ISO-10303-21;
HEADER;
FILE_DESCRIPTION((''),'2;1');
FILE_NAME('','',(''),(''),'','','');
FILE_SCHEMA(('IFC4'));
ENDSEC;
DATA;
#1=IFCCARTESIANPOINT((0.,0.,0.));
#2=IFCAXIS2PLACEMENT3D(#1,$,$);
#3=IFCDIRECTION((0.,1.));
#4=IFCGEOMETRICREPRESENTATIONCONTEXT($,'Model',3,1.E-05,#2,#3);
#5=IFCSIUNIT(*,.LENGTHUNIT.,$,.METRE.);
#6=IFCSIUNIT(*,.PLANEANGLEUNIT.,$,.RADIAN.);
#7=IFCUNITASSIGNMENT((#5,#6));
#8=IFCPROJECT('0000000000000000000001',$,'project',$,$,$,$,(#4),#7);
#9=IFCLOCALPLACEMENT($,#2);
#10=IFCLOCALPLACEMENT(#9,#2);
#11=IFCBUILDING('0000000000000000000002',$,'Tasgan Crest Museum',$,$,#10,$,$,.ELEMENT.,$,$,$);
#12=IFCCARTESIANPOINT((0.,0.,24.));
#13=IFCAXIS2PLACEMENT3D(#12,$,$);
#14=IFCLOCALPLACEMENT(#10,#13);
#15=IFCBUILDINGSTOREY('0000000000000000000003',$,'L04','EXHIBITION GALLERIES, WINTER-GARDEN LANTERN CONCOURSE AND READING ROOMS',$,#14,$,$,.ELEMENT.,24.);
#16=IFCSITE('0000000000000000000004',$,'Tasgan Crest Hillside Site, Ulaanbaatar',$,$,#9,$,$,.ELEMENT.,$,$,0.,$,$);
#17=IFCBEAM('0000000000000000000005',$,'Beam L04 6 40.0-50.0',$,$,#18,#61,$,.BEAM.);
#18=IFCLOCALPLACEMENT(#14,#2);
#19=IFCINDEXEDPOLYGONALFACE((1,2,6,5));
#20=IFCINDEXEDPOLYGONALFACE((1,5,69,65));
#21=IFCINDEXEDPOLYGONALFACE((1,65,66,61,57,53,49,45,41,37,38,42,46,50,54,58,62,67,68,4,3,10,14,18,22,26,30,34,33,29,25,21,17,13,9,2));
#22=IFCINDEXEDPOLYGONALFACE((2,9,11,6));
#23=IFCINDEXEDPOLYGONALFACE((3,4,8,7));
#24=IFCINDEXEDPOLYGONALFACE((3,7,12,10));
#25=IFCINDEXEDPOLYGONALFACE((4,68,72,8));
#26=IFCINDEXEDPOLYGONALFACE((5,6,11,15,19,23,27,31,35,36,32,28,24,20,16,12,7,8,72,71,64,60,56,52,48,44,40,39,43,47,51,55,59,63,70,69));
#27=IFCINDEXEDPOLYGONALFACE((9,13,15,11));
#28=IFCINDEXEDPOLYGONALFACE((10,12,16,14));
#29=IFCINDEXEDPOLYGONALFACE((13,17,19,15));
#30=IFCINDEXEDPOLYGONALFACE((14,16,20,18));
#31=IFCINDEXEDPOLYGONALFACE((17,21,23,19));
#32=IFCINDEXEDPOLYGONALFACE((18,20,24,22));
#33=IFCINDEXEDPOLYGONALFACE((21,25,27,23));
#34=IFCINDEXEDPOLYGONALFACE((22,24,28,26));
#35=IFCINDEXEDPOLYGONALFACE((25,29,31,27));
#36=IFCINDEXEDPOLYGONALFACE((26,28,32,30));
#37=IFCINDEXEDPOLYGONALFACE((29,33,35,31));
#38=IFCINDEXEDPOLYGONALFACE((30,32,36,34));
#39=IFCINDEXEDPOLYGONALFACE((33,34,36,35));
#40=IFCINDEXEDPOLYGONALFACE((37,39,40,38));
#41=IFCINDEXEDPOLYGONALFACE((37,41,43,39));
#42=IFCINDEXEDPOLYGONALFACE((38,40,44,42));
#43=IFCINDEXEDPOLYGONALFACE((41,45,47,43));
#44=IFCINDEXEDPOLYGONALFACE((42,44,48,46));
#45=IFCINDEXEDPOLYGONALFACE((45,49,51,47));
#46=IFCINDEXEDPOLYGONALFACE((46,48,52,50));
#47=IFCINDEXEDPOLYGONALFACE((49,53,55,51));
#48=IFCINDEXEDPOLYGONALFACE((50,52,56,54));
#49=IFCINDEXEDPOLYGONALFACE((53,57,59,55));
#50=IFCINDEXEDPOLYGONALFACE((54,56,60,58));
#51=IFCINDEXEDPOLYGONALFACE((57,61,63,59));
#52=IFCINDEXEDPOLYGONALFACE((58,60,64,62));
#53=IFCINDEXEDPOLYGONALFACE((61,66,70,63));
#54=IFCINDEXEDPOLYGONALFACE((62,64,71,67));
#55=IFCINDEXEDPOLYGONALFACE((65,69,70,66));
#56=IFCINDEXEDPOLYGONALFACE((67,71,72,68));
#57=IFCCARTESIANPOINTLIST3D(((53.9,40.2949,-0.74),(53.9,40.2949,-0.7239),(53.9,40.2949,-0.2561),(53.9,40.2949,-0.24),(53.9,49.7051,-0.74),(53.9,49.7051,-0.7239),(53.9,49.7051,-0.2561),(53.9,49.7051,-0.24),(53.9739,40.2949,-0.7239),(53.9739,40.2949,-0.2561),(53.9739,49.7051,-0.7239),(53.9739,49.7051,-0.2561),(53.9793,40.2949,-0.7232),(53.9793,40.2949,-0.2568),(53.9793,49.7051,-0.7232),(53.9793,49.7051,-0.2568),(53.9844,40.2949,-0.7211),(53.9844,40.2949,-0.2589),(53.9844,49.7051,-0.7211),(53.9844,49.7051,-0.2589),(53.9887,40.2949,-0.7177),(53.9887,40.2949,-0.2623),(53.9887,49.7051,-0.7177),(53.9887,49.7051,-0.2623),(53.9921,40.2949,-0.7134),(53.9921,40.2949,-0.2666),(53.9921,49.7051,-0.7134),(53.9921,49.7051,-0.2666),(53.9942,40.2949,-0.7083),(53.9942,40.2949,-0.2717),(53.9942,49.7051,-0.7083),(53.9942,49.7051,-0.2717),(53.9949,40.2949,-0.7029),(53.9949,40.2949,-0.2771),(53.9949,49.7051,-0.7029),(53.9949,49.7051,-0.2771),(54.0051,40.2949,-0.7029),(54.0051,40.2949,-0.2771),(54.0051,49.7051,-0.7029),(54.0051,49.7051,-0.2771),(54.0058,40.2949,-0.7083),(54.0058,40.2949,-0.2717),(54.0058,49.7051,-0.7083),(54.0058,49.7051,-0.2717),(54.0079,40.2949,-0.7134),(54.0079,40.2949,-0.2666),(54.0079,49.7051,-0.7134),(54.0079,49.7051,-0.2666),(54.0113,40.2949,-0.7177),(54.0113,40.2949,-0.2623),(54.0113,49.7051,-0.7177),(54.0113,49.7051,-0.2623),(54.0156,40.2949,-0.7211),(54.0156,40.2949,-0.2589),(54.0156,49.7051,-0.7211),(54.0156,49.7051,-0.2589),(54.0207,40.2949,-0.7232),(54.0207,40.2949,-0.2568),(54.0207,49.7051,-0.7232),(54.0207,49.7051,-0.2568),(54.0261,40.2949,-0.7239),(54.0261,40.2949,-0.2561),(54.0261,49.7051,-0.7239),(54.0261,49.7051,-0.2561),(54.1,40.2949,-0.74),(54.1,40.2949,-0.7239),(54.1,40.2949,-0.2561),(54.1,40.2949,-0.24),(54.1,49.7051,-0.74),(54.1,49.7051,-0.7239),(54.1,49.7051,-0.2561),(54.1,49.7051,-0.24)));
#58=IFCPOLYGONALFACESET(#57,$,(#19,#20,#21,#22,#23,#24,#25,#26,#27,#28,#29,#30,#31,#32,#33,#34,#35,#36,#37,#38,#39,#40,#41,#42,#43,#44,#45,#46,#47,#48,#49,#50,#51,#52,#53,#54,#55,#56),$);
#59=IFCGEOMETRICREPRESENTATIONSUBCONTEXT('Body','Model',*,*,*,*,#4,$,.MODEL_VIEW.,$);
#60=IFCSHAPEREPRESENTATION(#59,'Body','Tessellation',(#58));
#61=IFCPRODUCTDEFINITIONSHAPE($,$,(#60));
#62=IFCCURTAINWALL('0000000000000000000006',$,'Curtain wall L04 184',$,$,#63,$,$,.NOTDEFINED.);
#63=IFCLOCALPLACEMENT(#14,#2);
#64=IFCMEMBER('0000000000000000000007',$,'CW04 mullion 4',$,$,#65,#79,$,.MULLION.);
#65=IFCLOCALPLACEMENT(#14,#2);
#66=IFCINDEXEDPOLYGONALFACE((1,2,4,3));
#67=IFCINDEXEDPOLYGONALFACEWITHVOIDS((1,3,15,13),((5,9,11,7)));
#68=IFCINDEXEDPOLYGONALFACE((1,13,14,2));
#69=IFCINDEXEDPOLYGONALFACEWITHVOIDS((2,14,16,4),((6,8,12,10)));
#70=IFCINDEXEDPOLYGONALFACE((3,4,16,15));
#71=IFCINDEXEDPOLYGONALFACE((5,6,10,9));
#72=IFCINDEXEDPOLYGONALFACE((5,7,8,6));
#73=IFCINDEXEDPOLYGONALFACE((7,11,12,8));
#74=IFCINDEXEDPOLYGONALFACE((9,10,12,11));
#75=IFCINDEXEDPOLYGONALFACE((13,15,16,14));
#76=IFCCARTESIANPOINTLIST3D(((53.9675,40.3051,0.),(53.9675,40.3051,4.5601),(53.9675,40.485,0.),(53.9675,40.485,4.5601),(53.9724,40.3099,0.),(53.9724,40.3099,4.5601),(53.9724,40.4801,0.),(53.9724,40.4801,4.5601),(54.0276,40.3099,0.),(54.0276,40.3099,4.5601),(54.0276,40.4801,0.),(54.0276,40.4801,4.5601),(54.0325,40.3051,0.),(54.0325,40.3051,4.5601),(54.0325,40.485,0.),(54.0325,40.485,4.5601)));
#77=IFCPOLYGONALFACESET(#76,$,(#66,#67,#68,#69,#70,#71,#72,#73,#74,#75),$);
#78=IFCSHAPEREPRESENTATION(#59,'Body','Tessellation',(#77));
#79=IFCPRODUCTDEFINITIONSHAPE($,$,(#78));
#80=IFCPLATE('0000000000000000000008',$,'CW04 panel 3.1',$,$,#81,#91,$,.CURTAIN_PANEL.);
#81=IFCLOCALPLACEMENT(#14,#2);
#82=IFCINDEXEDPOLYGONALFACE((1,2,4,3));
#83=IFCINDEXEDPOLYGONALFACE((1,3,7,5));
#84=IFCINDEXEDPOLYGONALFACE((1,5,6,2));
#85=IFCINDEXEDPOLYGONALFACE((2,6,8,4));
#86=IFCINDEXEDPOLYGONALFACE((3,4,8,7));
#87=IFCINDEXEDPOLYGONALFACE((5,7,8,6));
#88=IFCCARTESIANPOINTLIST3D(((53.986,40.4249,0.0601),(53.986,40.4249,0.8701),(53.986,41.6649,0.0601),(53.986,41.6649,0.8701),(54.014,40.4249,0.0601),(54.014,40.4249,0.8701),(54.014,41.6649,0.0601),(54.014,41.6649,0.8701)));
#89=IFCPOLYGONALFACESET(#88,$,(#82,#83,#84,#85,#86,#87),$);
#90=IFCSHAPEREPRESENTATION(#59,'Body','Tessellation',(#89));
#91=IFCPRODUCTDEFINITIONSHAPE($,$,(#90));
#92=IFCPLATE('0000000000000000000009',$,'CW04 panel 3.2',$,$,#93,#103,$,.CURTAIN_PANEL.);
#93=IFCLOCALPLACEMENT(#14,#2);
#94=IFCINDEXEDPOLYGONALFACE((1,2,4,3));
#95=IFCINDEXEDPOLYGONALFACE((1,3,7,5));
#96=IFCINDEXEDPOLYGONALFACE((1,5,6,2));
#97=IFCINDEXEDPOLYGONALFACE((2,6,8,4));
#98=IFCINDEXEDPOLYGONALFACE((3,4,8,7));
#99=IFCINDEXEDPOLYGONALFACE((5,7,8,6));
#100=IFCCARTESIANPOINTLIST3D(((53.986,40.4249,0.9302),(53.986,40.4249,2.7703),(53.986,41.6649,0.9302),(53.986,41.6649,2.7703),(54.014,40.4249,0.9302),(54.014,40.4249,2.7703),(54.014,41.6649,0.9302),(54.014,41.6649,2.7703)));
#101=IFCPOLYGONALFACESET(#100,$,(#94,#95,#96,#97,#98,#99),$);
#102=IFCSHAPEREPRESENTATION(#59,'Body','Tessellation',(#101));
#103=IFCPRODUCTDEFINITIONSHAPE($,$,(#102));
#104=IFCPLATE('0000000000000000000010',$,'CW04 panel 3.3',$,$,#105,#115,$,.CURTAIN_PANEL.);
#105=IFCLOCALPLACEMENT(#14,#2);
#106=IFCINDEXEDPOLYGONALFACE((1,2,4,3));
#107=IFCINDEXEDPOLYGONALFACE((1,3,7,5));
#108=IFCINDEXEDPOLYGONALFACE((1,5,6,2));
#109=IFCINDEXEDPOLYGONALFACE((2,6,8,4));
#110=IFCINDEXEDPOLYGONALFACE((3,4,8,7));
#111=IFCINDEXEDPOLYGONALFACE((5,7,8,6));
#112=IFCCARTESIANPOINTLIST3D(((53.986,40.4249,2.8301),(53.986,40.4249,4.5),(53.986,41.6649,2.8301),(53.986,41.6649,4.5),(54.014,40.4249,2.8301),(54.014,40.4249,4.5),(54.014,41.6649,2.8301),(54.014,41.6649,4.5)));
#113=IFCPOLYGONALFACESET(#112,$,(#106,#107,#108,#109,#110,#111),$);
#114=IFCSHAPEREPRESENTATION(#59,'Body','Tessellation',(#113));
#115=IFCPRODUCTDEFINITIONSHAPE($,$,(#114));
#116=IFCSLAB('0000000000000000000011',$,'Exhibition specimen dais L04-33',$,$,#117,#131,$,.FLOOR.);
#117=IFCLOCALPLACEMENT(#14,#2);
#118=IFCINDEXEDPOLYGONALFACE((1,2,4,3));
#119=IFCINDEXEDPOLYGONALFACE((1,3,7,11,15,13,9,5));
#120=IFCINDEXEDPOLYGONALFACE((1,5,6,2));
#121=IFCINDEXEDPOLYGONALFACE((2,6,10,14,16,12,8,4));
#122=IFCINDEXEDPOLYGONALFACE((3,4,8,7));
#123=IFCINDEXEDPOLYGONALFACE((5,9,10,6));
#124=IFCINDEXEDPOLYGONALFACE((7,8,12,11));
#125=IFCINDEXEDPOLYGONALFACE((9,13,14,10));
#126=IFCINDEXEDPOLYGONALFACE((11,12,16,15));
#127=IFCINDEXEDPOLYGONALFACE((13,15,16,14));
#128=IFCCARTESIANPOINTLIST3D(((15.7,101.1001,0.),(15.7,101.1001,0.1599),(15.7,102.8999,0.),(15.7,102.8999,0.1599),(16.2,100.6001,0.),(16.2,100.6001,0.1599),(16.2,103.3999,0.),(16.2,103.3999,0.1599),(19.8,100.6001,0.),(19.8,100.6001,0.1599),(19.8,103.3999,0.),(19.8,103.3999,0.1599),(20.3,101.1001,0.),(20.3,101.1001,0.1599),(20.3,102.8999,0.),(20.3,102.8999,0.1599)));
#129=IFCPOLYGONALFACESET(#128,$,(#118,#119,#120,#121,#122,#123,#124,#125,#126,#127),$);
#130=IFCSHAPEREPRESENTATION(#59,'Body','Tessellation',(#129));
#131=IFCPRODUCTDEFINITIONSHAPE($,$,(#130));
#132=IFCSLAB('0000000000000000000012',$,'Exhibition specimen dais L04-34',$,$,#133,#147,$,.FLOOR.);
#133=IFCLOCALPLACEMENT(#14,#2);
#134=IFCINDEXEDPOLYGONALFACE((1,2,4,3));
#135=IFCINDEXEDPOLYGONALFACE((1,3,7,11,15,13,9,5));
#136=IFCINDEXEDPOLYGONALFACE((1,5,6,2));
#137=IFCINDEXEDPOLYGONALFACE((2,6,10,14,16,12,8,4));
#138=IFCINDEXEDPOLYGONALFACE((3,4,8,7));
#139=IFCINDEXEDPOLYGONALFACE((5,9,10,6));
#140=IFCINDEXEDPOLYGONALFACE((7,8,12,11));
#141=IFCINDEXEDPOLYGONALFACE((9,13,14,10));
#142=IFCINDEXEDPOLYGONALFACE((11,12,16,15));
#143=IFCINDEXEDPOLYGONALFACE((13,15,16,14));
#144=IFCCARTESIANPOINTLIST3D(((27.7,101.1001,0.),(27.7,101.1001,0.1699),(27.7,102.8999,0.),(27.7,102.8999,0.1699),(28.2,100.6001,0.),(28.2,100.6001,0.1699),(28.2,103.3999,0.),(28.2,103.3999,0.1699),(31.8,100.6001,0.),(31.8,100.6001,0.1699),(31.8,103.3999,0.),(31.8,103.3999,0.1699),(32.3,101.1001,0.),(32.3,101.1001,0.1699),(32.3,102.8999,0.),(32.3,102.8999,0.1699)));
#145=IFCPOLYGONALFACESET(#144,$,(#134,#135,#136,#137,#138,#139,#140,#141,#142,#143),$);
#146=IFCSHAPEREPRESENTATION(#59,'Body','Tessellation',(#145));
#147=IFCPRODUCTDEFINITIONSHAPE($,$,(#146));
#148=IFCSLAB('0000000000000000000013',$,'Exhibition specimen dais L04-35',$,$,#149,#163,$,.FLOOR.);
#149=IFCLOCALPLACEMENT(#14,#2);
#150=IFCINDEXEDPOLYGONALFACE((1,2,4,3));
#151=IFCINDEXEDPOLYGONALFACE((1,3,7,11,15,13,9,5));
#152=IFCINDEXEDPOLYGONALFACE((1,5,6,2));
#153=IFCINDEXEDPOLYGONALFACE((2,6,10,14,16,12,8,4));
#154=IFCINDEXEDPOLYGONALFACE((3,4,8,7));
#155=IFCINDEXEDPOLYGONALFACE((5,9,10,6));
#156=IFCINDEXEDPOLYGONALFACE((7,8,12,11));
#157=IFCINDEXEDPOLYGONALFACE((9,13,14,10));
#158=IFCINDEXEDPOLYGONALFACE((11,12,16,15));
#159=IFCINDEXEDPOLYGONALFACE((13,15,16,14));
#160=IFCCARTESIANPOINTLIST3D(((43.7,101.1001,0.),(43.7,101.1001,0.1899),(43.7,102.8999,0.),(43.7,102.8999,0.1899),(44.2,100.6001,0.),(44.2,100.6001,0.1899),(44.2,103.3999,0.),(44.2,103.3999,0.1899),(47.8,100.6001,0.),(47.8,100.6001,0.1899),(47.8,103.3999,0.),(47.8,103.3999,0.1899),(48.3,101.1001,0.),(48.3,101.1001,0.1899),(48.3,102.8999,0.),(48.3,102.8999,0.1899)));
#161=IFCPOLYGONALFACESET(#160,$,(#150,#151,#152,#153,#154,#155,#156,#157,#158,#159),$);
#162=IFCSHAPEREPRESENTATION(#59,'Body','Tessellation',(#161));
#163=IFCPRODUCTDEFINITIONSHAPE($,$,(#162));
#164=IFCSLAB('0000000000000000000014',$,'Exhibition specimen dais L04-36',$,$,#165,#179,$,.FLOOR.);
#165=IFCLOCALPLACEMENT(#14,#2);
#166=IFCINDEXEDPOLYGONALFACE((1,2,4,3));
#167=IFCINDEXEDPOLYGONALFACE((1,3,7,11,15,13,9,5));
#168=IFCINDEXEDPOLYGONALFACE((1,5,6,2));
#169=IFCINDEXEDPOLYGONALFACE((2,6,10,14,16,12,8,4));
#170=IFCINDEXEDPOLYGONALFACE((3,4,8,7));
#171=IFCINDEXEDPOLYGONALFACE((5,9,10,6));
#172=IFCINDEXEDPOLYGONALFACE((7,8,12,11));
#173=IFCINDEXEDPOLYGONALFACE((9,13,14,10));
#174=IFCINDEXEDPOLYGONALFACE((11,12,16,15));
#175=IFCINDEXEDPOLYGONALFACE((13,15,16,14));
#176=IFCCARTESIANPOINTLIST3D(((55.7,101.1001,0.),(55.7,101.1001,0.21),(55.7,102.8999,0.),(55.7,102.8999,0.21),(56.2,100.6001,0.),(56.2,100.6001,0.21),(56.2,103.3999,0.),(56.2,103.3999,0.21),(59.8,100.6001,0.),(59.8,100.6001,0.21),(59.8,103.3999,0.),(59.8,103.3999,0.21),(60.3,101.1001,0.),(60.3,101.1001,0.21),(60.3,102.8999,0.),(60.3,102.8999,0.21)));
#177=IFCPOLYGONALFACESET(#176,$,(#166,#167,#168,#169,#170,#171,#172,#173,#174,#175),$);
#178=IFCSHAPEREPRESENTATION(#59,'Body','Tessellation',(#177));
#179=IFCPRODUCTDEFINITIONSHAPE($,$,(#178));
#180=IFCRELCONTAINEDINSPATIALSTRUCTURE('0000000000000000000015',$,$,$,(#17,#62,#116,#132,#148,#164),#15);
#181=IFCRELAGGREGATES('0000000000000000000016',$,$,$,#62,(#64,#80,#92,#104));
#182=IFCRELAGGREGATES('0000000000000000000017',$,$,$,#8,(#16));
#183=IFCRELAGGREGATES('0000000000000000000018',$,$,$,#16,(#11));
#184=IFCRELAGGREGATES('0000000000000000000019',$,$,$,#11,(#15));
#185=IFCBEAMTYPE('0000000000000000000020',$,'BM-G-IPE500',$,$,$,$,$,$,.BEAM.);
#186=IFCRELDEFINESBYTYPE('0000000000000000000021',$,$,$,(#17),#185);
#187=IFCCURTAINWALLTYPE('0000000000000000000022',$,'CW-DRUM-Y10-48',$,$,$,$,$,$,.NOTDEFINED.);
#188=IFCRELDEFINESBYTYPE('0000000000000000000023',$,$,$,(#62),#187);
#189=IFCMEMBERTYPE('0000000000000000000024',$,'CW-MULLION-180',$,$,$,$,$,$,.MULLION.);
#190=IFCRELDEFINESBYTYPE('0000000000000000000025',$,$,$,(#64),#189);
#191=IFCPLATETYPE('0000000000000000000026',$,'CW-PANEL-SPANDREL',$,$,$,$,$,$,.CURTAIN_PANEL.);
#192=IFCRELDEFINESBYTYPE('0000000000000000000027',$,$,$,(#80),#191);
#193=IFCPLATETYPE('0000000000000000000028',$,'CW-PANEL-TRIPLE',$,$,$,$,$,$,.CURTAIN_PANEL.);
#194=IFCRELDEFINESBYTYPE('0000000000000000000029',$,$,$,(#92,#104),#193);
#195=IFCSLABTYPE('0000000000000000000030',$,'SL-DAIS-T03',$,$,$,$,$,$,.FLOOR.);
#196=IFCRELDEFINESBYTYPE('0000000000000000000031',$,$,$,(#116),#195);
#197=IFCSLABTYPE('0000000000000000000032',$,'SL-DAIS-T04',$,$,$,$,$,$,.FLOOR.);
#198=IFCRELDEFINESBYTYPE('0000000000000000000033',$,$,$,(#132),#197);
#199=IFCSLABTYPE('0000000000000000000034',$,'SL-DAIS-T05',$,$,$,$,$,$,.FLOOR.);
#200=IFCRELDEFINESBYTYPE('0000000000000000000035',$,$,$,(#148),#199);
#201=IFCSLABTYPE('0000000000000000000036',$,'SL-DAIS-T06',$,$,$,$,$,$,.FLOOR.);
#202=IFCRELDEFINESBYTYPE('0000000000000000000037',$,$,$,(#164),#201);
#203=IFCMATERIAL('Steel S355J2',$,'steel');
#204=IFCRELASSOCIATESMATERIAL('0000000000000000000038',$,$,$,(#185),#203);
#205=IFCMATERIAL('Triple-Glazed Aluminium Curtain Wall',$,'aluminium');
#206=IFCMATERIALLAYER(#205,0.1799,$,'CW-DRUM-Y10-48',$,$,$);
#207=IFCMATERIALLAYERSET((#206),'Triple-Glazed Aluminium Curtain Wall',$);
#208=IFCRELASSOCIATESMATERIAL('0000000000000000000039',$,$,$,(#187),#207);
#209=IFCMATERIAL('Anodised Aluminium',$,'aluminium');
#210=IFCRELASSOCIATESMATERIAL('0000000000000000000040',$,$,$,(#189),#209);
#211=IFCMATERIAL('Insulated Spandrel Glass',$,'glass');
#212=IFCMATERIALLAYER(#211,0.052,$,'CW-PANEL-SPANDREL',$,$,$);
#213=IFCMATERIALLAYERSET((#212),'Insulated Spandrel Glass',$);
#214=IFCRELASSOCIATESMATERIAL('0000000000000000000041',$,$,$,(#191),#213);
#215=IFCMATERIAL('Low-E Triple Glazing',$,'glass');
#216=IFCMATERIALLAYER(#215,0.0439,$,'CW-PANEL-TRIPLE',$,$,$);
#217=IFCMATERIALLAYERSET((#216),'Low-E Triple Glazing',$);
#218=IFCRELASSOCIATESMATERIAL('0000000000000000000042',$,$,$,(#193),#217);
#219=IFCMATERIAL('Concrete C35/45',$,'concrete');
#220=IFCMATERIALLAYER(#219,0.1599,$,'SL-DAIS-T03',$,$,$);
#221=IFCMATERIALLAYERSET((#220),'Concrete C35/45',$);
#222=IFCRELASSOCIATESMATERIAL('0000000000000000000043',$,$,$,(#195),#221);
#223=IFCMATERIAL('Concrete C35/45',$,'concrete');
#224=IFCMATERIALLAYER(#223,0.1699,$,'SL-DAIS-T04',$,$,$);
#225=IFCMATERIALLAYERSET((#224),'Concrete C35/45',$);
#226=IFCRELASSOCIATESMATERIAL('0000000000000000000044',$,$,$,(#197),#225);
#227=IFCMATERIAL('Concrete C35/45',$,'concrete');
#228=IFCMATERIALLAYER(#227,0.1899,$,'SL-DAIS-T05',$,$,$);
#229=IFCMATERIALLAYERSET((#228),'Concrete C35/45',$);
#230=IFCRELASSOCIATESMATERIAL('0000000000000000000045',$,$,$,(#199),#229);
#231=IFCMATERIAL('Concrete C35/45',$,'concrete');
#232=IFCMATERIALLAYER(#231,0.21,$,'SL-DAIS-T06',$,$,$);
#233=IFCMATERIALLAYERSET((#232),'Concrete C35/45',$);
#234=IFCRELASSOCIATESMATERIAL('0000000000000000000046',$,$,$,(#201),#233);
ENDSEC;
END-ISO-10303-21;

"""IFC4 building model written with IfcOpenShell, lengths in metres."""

from ifc_helpers import new_model, si_unit, direction, frame, origin, origin_2d, place, context, subcontext, project, spatial, polyline, rectangle, hollow_rectangle, i_section, outline, extrude, material, layer, layer_set, material_profile, profile_set, type_object, element, aggregate, save


model = new_model("IFC4")

# Units and contexts
model_context = context("Model", 3, precision=1e-05, world=origin(), true_north=direction((0.0, 1.0)))
body_context = subcontext(model_context, "Body", "Model", "MODEL_VIEW")
ifc_project = project(units=[si_unit("LENGTHUNIT", "METRE"), si_unit("PLANEANGLEUNIT", "RADIAN")], contexts=[model_context])

# Site, building, storey
site_placement = place(None, origin())
site = spatial("IfcSite", under=ifc_project, at=site_placement, Name="Tasgan Crest Hillside Site, Ulaanbaatar", CompositionType="ELEMENT", RefElevation=0.0)
building_placement = place(site_placement, origin())
building = spatial("IfcBuilding", under=site, at=building_placement, Name="Tasgan Crest Museum", CompositionType="ELEMENT")
storey_placement = place(building_placement, frame((0.0, 0.0, 24.0)))
storey = spatial("IfcBuildingStorey", under=building, at=storey_placement, Name="L04", Description="EXHIBITION GALLERIES, WINTER-GARDEN LANTERN CONCOURSE AND READING ROOMS", CompositionType="ELEMENT", Elevation=24.0)

# Beam
ifc_material_1 = material(Name="Steel S355J2", Category="steel")
ifc_material_profile_1 = material_profile(ifc_material_1, i_section(OverallWidth=0.2, OverallDepth=0.5, WebThickness=0.0103, FlangeThickness=0.0161, FilletRadius=0.021, at=origin_2d()), Name="IPE 500")
ifc_profile_set_1 = profile_set([ifc_material_profile_1], Name="Steel S355J2")
beam_type_1 = type_object("IfcBeamType", Name="BM-G-IPE500", PredefinedType="BEAM", material=ifc_profile_set_1)
beam_1_placement = place(storey_placement, frame((54.0, 40.2949, -0.49), z_axis=(0.0, 1.0, 0.0), x_axis=(-1.0, 0.0, 0.0)))
element("IfcBeam", 1, at=beam_1_placement, inside=storey, type_object=beam_type_1, Name="Beam L04 6 40.0-50.0", PredefinedType="BEAM", context=body_context, shape_type="SweptSolid", body=[
    extrude(i_section(OverallWidth=0.2, OverallDepth=0.5, WebThickness=0.0103, FlangeThickness=0.0161, FilletRadius=0.021, at=origin_2d()), origin(), (0.0, 0.0, 1.0), 9.4102),
])

# Curtain wall, member, plates
ifc_material_2 = material(Name="Triple-Glazed Aluminium Curtain Wall", Category="aluminium")
ifc_layer_1 = layer(ifc_material_2, 0.1799, Name="CW-DRUM-Y10-48")
ifc_layer_set_1 = layer_set([ifc_layer_1], Name="Triple-Glazed Aluminium Curtain Wall")
curtain_wall_type = type_object("IfcCurtainWallType", Name="CW-DRUM-Y10-48", PredefinedType="NOTDEFINED", material=ifc_layer_set_1)
curtain_wall_placement = place(storey_placement, origin())
curtain_wall = element("IfcCurtainWall", 2, at=curtain_wall_placement, inside=storey, type_object=curtain_wall_type, Name="Curtain wall L04 184", PredefinedType="NOTDEFINED")
ifc_material_3 = material(Name="Anodised Aluminium", Category="aluminium")
ifc_material_profile_2 = material_profile(ifc_material_3, hollow_rectangle(XDim=0.0649, YDim=0.1799, WallThickness=0.0049, at=origin_2d()), Name="ALU MULLION 180x65x5")
ifc_profile_set_2 = profile_set([ifc_material_profile_2], Name="Anodised Aluminium")
member_type = type_object("IfcMemberType", Name="CW-MULLION-180", PredefinedType="MULLION", material=ifc_profile_set_2)
member_placement = place(storey_placement, frame((54.0, 40.395, 0.0), z_axis=(0.0, 0.0, 1.0), x_axis=(1.0, 0.0, 0.0)))
member = element("IfcMember", 3, at=member_placement, type_object=member_type, Name="CW04 mullion 4", PredefinedType="MULLION", context=body_context, shape_type="SweptSolid", body=[
    extrude(hollow_rectangle(XDim=0.0649, YDim=0.1799, WallThickness=0.0049, at=origin_2d()), origin(), (0.0, 0.0, 1.0), 4.5601),
])
ifc_material_4 = material(Name="Insulated Spandrel Glass", Category="glass")
ifc_layer_2 = layer(ifc_material_4, 0.052, Name="CW-PANEL-SPANDREL")
ifc_layer_set_2 = layer_set([ifc_layer_2], Name="Insulated Spandrel Glass")
plate_type_1 = type_object("IfcPlateType", Name="CW-PANEL-SPANDREL", PredefinedType="CURTAIN_PANEL", material=ifc_layer_set_2)
plate_1_placement = place(storey_placement, frame((54.0, 41.0449, 0.0601), z_axis=(0.0, 0.0, 1.0), x_axis=(0.0, -1.0, 0.0)))
plate_1 = element("IfcPlate", 4, at=plate_1_placement, type_object=plate_type_1, Name="CW04 panel 3.1", PredefinedType="CURTAIN_PANEL", context=body_context, shape_type="SweptSolid", body=[
    extrude(rectangle(XDim=1.24, YDim=0.0281, at=origin_2d()), origin(), (0.0, 0.0, 1.0), 0.8101),
])
ifc_material_5 = material(Name="Low-E Triple Glazing", Category="glass")
ifc_layer_3 = layer(ifc_material_5, 0.0439, Name="CW-PANEL-TRIPLE")
ifc_layer_set_3 = layer_set([ifc_layer_3], Name="Low-E Triple Glazing")
plate_type_2 = type_object("IfcPlateType", Name="CW-PANEL-TRIPLE", PredefinedType="CURTAIN_PANEL", material=ifc_layer_set_3)
plate_2_placement = place(storey_placement, frame((54.0, 41.0449, 0.9302), z_axis=(0.0, 0.0, 1.0), x_axis=(0.0, -1.0, 0.0)))
plate_2 = element("IfcPlate", 5, at=plate_2_placement, type_object=plate_type_2, Name="CW04 panel 3.2", PredefinedType="CURTAIN_PANEL", context=body_context, shape_type="SweptSolid", body=[
    extrude(rectangle(XDim=1.24, YDim=0.0281, at=origin_2d()), origin(), (0.0, 0.0, 1.0), 1.8401),
])
plate_3_placement = place(storey_placement, frame((54.0, 41.0449, 2.8301), z_axis=(0.0, 0.0, 1.0), x_axis=(0.0, -1.0, 0.0)))
plate_3 = element("IfcPlate", 6, at=plate_3_placement, type_object=plate_type_2, Name="CW04 panel 3.3", PredefinedType="CURTAIN_PANEL", context=body_context, shape_type="SweptSolid", body=[
    extrude(rectangle(XDim=1.24, YDim=0.0281, at=origin_2d()), origin(), (0.0, 0.0, 1.0), 1.6699),
])
aggregate(curtain_wall, [member, plate_1, plate_2, plate_3])

# Slabs
ifc_material_6 = material(Name="Concrete C35/45", Category="concrete")
ifc_layer_4 = layer(ifc_material_6, 0.1599, Name="SL-DAIS-T03")
ifc_layer_set_4 = layer_set([ifc_layer_4], Name="Concrete C35/45")
slab_type_1 = type_object("IfcSlabType", Name="SL-DAIS-T03", PredefinedType="FLOOR", material=ifc_layer_set_4)
slab_1_placement = place(storey_placement, origin())
element("IfcSlab", 7, at=slab_1_placement, inside=storey, type_object=slab_type_1, Name="Exhibition specimen dais L04-33", PredefinedType="FLOOR", context=body_context, shape_type="SweptSolid", body=[
    extrude(outline(polyline([(16.2, 100.6001), (19.8, 100.6001), (20.3, 101.1001), (20.3, 102.8999), (19.8, 103.3999), (16.2, 103.3999), (15.7, 102.8999), (15.7, 101.1001), (16.2, 100.6001)])), origin(), (0.0, 0.0, 1.0), 0.1599),
])
ifc_material_7 = material(Name="Concrete C35/45", Category="concrete")
ifc_layer_5 = layer(ifc_material_7, 0.1699, Name="SL-DAIS-T04")
ifc_layer_set_5 = layer_set([ifc_layer_5], Name="Concrete C35/45")
slab_type_2 = type_object("IfcSlabType", Name="SL-DAIS-T04", PredefinedType="FLOOR", material=ifc_layer_set_5)
slab_2_placement = place(storey_placement, origin())
element("IfcSlab", 8, at=slab_2_placement, inside=storey, type_object=slab_type_2, Name="Exhibition specimen dais L04-34", PredefinedType="FLOOR", context=body_context, shape_type="SweptSolid", body=[
    extrude(outline(polyline([(28.2, 100.6001), (31.8, 100.6001), (32.3, 101.1001), (32.3, 102.8999), (31.8, 103.3999), (28.2, 103.3999), (27.7, 102.8999), (27.7, 101.1001), (28.2, 100.6001)])), origin(), (0.0, 0.0, 1.0), 0.1699),
])
ifc_material_8 = material(Name="Concrete C35/45", Category="concrete")
ifc_layer_6 = layer(ifc_material_8, 0.1899, Name="SL-DAIS-T05")
ifc_layer_set_6 = layer_set([ifc_layer_6], Name="Concrete C35/45")
slab_type_3 = type_object("IfcSlabType", Name="SL-DAIS-T05", PredefinedType="FLOOR", material=ifc_layer_set_6)
slab_3_placement = place(storey_placement, origin())
element("IfcSlab", 9, at=slab_3_placement, inside=storey, type_object=slab_type_3, Name="Exhibition specimen dais L04-35", PredefinedType="FLOOR", context=body_context, shape_type="SweptSolid", body=[
    extrude(outline(polyline([(44.2, 100.6001), (47.8, 100.6001), (48.3, 101.1001), (48.3, 102.8999), (47.8, 103.3999), (44.2, 103.3999), (43.7, 102.8999), (43.7, 101.1001), (44.2, 100.6001)])), origin(), (0.0, 0.0, 1.0), 0.1899),
])
ifc_material_9 = material(Name="Concrete C35/45", Category="concrete")
ifc_layer_7 = layer(ifc_material_9, 0.21, Name="SL-DAIS-T06")
ifc_layer_set_7 = layer_set([ifc_layer_7], Name="Concrete C35/45")
slab_type_4 = type_object("IfcSlabType", Name="SL-DAIS-T06", PredefinedType="FLOOR", material=ifc_layer_set_7)
slab_4_placement = place(storey_placement, origin())
element("IfcSlab", 10, at=slab_4_placement, inside=storey, type_object=slab_type_4, Name="Exhibition specimen dais L04-36", PredefinedType="FLOOR", context=body_context, shape_type="SweptSolid", body=[
    extrude(outline(polyline([(56.2, 100.6001), (59.8, 100.6001), (60.3, 101.1001), (60.3, 102.8999), (59.8, 103.3999), (56.2, 103.3999), (55.7, 102.8999), (55.7, 101.1001), (56.2, 100.6001)])), origin(), (0.0, 0.0, 1.0), 0.21),
])

save(model, "model.ifc")
